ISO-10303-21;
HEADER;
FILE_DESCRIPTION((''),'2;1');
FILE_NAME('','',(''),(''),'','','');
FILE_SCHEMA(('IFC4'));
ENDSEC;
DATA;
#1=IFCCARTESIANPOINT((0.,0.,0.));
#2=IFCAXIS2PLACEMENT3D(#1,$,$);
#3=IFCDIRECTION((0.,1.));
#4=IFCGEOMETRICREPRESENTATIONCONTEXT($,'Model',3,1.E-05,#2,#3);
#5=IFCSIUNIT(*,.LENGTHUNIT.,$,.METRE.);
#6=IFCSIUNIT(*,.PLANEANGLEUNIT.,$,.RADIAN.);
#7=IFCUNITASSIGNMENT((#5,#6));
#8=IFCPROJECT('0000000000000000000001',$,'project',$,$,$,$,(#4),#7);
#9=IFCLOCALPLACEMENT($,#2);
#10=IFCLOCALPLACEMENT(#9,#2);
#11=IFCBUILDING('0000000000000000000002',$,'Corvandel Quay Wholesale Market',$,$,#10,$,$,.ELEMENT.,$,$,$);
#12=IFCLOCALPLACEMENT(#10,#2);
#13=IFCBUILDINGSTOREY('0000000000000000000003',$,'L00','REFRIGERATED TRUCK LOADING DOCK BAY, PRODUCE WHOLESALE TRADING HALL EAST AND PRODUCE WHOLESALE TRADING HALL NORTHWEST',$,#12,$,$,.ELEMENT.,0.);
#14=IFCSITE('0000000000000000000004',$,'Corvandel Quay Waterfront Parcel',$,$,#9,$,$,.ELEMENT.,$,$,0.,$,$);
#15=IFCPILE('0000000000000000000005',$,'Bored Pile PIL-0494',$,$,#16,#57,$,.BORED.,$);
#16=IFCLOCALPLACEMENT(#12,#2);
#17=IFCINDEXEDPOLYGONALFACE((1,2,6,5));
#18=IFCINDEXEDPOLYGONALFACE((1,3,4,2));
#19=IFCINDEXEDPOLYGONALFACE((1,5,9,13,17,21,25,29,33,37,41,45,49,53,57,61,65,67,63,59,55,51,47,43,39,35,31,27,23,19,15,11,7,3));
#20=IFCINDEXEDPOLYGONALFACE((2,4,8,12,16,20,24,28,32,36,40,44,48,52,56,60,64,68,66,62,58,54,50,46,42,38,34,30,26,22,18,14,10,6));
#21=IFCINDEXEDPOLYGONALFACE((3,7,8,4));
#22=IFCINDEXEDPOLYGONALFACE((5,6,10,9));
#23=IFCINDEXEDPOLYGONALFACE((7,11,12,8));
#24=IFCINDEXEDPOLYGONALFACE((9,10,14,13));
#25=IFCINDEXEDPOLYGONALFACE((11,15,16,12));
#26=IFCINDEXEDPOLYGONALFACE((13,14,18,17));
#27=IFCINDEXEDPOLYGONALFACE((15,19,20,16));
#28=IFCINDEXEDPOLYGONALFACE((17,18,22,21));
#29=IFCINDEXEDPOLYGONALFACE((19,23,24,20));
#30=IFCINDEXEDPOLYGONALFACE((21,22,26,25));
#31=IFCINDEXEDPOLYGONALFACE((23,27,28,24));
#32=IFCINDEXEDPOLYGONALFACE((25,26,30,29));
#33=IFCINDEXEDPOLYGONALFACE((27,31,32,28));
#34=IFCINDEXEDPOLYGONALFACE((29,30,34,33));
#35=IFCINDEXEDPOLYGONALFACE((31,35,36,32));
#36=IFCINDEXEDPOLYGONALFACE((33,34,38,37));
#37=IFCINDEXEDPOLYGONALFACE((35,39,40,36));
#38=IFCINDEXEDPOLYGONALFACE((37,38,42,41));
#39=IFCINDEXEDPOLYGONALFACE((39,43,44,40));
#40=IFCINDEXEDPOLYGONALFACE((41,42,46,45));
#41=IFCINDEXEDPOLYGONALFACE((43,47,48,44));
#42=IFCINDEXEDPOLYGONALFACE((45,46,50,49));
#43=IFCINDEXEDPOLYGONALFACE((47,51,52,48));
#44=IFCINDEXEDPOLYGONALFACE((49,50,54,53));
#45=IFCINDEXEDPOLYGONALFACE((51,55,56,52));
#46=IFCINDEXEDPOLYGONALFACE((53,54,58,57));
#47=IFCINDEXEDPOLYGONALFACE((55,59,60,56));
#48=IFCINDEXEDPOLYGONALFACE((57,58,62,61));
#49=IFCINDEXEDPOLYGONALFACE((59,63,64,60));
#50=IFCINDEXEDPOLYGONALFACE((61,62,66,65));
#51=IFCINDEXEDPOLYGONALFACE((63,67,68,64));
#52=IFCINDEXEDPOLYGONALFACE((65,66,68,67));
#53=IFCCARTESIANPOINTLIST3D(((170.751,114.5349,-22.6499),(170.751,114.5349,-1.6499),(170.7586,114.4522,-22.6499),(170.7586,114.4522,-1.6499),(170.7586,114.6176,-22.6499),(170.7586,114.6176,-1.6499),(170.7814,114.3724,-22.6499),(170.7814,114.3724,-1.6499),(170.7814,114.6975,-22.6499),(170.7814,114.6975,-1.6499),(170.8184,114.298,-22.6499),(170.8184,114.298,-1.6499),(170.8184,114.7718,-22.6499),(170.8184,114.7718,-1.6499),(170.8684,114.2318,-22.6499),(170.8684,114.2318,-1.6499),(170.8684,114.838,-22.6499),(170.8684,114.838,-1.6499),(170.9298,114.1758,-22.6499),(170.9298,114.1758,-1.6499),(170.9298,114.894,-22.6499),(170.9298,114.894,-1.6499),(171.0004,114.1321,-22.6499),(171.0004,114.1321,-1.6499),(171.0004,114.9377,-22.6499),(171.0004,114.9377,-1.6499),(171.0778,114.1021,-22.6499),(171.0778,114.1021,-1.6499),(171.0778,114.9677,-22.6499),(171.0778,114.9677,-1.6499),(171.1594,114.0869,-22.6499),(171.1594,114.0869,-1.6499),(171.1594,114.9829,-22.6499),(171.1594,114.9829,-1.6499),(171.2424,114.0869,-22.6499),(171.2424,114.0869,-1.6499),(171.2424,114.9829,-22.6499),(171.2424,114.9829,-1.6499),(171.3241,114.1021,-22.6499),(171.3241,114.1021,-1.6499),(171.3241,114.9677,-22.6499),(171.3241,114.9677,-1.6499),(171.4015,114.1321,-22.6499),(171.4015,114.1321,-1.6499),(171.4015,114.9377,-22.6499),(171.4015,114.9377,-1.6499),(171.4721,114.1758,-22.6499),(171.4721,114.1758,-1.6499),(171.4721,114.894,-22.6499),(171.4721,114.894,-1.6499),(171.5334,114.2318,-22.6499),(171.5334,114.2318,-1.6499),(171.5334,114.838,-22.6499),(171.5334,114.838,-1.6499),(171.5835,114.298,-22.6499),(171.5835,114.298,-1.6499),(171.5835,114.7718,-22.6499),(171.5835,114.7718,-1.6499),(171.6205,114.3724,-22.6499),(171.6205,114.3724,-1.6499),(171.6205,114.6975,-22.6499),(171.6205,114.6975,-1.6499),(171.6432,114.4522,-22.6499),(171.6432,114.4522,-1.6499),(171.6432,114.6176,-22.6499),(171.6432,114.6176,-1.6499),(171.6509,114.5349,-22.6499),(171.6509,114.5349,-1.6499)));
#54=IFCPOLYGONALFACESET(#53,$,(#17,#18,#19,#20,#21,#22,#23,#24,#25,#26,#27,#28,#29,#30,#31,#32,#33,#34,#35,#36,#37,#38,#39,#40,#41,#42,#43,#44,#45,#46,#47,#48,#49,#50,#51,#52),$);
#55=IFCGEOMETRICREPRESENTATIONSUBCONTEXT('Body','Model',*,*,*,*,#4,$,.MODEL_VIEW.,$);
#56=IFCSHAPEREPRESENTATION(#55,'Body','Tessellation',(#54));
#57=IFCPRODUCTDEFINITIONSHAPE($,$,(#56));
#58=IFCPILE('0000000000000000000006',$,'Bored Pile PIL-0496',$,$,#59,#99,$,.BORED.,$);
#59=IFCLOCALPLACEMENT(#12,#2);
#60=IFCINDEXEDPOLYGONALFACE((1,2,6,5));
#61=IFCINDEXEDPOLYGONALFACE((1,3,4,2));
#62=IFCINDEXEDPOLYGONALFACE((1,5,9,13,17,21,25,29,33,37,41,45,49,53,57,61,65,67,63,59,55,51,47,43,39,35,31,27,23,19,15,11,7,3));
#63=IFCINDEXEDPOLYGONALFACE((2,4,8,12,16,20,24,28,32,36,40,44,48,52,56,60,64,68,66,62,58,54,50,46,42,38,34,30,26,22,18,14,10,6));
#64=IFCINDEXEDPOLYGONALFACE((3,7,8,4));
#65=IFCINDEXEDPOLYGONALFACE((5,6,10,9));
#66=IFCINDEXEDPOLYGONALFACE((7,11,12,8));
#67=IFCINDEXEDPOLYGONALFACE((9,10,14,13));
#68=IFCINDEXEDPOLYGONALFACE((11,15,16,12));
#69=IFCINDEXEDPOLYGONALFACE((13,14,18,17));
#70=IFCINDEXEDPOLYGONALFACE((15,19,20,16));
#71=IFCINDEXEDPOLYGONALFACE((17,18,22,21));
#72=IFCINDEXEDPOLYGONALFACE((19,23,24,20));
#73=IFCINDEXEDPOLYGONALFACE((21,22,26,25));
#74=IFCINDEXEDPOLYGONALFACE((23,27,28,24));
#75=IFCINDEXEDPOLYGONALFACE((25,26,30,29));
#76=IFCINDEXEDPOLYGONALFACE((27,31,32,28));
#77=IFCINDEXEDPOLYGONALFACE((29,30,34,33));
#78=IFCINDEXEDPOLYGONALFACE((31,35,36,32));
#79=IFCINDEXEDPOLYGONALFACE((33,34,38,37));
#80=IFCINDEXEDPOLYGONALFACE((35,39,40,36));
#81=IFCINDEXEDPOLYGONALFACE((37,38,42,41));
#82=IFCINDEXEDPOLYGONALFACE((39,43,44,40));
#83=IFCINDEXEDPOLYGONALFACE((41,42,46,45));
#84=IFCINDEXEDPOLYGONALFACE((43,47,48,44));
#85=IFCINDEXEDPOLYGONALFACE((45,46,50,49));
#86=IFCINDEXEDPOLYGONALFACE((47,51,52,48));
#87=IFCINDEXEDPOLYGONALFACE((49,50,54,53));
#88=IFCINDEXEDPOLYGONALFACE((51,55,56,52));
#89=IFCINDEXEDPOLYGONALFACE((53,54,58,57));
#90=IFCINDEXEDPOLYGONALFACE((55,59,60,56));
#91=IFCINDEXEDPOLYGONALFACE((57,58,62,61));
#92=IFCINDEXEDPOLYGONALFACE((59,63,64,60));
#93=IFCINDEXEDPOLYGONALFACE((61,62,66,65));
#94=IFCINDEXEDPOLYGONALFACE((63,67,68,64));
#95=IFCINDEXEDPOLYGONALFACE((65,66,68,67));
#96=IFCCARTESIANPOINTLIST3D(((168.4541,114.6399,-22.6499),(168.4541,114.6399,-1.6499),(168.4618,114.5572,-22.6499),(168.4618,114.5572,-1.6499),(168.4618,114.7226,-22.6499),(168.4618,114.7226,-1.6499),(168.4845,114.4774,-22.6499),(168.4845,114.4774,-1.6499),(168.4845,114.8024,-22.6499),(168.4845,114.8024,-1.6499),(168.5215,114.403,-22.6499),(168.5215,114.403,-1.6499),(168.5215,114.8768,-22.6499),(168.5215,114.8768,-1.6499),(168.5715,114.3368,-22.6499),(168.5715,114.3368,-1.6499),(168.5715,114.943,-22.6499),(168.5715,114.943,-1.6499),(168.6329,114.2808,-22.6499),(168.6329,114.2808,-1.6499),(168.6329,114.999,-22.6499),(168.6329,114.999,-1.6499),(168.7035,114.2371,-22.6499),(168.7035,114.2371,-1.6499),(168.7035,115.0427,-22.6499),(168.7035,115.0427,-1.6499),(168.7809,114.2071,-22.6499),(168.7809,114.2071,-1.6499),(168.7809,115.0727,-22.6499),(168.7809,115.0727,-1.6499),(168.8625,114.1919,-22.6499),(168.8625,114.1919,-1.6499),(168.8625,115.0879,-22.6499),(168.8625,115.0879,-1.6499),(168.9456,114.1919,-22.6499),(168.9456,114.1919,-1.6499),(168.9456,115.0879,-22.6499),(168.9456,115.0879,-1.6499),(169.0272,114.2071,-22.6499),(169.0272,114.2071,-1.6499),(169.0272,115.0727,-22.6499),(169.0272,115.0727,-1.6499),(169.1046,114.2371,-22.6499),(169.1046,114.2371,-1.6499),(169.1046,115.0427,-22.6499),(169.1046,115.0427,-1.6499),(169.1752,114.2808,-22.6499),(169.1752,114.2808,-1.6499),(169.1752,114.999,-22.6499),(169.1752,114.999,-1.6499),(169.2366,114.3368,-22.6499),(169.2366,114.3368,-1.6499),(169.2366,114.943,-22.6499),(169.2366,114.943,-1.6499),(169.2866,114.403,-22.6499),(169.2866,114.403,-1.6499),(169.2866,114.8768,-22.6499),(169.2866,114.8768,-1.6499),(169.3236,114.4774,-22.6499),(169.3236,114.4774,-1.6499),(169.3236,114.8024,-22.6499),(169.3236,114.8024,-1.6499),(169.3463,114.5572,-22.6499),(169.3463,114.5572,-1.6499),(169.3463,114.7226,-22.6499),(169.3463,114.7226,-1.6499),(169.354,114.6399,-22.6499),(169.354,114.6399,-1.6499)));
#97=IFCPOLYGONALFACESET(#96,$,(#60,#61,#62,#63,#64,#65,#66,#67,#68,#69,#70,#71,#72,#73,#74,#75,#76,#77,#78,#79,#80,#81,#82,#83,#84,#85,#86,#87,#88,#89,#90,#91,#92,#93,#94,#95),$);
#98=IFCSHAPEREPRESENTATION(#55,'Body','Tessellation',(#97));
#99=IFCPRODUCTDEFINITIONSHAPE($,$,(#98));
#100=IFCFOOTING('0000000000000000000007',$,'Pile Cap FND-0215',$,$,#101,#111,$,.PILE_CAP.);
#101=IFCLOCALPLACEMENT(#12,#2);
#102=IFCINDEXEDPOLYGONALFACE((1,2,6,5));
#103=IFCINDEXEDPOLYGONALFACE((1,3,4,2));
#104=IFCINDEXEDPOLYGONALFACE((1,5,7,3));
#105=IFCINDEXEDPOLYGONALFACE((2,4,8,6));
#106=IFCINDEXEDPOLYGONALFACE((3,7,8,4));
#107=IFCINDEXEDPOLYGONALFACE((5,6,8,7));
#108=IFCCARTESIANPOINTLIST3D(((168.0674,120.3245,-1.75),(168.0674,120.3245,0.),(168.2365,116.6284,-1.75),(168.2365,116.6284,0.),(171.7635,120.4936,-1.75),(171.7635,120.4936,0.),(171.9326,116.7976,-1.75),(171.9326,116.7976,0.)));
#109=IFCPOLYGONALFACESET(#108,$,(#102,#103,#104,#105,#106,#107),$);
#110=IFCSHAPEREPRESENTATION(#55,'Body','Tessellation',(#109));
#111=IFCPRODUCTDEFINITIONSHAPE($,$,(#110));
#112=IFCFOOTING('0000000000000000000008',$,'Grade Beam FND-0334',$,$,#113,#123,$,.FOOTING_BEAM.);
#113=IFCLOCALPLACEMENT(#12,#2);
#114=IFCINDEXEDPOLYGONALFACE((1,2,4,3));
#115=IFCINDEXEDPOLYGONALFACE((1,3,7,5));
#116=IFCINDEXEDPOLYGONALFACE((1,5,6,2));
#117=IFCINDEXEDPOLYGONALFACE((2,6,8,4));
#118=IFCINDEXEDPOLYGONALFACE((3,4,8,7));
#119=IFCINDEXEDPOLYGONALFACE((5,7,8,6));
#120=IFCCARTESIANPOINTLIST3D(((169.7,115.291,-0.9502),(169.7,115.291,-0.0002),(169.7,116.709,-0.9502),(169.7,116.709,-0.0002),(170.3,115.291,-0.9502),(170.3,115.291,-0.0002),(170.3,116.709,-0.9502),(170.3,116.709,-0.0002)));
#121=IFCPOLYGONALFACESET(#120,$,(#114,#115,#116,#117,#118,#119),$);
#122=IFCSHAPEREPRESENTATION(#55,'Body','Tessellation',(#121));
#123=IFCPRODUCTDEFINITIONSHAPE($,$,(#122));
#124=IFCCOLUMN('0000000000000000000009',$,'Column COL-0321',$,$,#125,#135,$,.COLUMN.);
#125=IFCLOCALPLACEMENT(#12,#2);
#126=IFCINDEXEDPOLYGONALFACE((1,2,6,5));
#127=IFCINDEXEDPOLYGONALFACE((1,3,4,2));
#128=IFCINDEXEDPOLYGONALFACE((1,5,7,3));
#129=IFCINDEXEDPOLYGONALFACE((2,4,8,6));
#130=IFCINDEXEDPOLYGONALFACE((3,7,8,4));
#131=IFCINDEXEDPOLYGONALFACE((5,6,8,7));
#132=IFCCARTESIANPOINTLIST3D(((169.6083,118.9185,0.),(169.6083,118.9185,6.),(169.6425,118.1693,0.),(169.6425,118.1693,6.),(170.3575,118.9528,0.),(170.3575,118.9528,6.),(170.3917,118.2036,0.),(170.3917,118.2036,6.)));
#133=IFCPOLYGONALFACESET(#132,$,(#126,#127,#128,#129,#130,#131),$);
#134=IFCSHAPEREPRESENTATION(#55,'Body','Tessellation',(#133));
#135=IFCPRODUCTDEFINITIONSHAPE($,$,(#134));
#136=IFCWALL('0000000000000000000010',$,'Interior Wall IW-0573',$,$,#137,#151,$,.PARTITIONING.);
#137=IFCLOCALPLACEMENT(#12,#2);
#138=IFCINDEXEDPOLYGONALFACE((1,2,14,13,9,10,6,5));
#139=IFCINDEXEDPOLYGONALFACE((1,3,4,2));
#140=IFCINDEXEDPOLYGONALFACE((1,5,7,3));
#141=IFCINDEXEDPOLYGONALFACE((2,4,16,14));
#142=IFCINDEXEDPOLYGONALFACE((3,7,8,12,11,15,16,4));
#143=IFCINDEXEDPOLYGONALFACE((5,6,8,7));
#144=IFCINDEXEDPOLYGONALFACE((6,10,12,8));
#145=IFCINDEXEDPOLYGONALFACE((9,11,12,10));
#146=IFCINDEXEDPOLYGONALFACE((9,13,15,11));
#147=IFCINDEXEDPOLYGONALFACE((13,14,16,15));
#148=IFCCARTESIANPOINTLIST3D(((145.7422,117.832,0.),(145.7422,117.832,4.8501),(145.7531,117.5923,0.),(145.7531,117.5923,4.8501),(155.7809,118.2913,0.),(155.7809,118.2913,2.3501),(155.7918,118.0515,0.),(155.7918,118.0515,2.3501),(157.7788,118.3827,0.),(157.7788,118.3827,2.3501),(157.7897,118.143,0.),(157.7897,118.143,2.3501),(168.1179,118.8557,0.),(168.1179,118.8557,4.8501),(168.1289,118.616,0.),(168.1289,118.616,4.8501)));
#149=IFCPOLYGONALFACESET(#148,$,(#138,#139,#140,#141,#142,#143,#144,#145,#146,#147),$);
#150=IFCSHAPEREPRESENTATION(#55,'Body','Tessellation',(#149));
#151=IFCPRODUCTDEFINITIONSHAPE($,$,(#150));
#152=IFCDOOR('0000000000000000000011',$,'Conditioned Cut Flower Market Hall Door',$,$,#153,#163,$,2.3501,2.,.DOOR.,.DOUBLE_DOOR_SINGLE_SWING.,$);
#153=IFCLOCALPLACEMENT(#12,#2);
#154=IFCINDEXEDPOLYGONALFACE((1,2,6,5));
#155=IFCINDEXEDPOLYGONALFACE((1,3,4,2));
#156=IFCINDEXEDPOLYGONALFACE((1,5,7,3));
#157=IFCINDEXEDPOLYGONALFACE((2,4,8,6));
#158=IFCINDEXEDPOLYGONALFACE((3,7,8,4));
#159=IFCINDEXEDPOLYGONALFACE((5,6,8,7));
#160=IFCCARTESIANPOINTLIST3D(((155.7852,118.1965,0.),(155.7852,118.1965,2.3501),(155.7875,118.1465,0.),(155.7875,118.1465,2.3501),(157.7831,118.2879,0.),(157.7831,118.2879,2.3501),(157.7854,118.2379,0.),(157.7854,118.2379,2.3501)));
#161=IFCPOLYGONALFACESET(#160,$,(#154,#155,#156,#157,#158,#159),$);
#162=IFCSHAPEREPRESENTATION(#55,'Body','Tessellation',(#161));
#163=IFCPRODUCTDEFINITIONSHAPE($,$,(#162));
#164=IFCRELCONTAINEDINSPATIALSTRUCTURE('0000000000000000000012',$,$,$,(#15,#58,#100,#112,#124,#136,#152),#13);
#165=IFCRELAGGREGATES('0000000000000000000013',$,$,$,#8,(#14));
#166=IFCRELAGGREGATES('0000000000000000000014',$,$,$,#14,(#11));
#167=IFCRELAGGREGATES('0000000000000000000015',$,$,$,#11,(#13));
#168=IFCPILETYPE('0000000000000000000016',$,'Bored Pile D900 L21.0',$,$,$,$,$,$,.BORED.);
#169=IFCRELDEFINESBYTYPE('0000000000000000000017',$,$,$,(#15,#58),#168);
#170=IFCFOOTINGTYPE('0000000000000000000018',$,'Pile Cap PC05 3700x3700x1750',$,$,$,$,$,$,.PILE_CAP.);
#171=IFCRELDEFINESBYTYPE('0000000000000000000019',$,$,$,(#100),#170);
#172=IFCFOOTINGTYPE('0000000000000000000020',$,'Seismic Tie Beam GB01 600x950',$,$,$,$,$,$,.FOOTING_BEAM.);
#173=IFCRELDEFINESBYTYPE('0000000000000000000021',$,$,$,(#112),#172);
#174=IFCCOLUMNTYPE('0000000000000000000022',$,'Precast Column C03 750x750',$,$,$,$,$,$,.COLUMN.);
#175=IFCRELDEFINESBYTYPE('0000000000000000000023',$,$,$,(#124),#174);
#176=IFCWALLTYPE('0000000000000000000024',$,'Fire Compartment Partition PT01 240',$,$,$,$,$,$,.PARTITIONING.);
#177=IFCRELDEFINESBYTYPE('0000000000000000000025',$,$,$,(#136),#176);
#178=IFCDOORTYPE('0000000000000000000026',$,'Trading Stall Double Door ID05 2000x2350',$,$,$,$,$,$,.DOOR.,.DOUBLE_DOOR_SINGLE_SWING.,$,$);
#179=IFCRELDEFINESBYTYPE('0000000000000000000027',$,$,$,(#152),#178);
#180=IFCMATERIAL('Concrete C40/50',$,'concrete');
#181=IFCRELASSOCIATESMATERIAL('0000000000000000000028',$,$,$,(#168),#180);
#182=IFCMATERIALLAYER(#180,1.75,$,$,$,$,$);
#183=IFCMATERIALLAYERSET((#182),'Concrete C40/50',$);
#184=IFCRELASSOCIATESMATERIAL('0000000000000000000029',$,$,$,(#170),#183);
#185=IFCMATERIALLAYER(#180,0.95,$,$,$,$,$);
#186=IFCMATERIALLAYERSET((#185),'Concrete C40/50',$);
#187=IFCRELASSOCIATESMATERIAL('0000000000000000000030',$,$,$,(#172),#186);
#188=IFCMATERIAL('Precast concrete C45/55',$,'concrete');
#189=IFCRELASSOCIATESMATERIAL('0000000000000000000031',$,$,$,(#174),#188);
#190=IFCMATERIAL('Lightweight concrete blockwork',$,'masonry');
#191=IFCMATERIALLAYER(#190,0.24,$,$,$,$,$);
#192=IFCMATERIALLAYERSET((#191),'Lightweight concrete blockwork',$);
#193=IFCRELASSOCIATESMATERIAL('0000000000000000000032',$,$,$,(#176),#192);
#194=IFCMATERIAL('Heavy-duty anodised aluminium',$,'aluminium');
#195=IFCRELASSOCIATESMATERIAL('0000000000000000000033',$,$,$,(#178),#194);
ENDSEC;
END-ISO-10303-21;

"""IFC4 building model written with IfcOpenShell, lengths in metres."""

from ifc_helpers import new_model, si_unit, direction, frame, frame_2d, origin, origin_2d, place, context, subcontext, project, spatial, rectangle, circle, extrude, material, layer, layer_set, material_profile, profile_set, type_object, element, fill, save


model = new_model("IFC4")

# Units and contexts
model_context = context("Model", 3, precision=1e-05, world=origin(), true_north=direction((0.0, 1.0)))
body_context = subcontext(model_context, "Body", "Model", "MODEL_VIEW")
ifc_project = project(units=[si_unit("LENGTHUNIT", "METRE"), si_unit("PLANEANGLEUNIT", "RADIAN")], contexts=[model_context])

# Site, building, storey
site_placement = place(None, origin())
site = spatial("IfcSite", under=ifc_project, at=site_placement, Name="Corvandel Quay Waterfront Parcel", CompositionType="ELEMENT", RefElevation=0.0)
building_placement = place(site_placement, origin())
building = spatial("IfcBuilding", under=site, at=building_placement, Name="Corvandel Quay Wholesale Market", CompositionType="ELEMENT")
storey_placement = place(building_placement, origin())
storey = spatial("IfcBuildingStorey", under=building, at=storey_placement, Name="L00", Description="REFRIGERATED TRUCK LOADING DOCK BAY, PRODUCE WHOLESALE TRADING HALL EAST AND PRODUCE WHOLESALE TRADING HALL NORTHWEST", CompositionType="ELEMENT", Elevation=0.0)

# Piles
ifc_material_1 = material(Name="Concrete C40/50", Category="concrete")
ifc_material_profile_1 = material_profile(ifc_material_1, circle(Radius=0.45, at=origin_2d()), Name="RC-PILE-D900")
ifc_profile_set_1 = profile_set([ifc_material_profile_1], Name="Concrete C40/50")
pile_type = type_object("IfcPileType", Name="Bored Pile D900 L21.0", PredefinedType="BORED", material=ifc_profile_set_1)
for number, where, z_axis, x_axis, name in (
    (1, (171.2009, 114.5349, -1.6499), (0.0, 0.0, -1.0), (1.0, 0.0, 0.0), "Bored Pile PIL-0494"),
    (2, (168.9041, 114.6399, -1.6499), (0.0, 0.0, -1.0), (1.0, 0.0, 0.0), "Bored Pile PIL-0496"),
):
    element("IfcPile", number, at=place(storey_placement, frame(where, z_axis=z_axis, x_axis=x_axis)), inside=storey, type_object=pile_type, Name=name, PredefinedType="BORED", context=body_context, shape_type="SweptSolid", body=[
        extrude(circle(Radius=0.45, at=origin_2d()), origin(), (0.0, 0.0, 1.0), 21.0),
    ])

# Footings
ifc_layer_1 = layer(ifc_material_1, 1.75)
ifc_layer_set_1 = layer_set([ifc_layer_1], Name="Concrete C40/50")
footing_type_1 = type_object("IfcFootingType", Name="Pile Cap PC05 3700x3700x1750", PredefinedType="PILE_CAP", material=ifc_layer_set_1)
footing_1_placement = place(storey_placement, frame((170.0, 118.561, -1.75), z_axis=(0.0, 0.0, 1.0), x_axis=(-0.045712, 0.998955, 0.0)))
element("IfcFooting", 3, at=footing_1_placement, inside=storey, type_object=footing_type_1, Name="Pile Cap FND-0215", PredefinedType="PILE_CAP", context=body_context, shape_type="SweptSolid", body=[
    extrude(rectangle(XDim=3.7, YDim=3.7, at=origin_2d()), origin(), (0.0, 0.0, 1.0), 1.75),
])
ifc_layer_2 = layer(ifc_material_1, 0.95)
ifc_layer_set_2 = layer_set([ifc_layer_2], Name="Concrete C40/50")
footing_type_2 = type_object("IfcFootingType", Name="Seismic Tie Beam GB01 600x950", PredefinedType="FOOTING_BEAM", material=ifc_layer_set_2)
footing_2_placement = place(storey_placement, frame((170.0, 116.0, -0.9502), z_axis=(0.0, 0.0, 1.0), x_axis=(0.0, 1.0, 0.0)))
element("IfcFooting", 4, at=footing_2_placement, inside=storey, type_object=footing_type_2, Name="Grade Beam FND-0334", PredefinedType="FOOTING_BEAM", context=body_context, shape_type="SweptSolid", body=[
    extrude(rectangle(XDim=1.418, YDim=0.6001, at=origin_2d()), origin(), (0.0, 0.0, 1.0), 0.95),
])

# Column
ifc_material_2 = material(Name="Precast concrete C45/55", Category="concrete")
ifc_material_profile_2 = material_profile(ifc_material_2, rectangle(XDim=0.75, YDim=0.75, at=origin_2d()), Name="PC-COL-750x750")
ifc_profile_set_2 = profile_set([ifc_material_profile_2], Name="Precast concrete C45/55")
column_type = type_object("IfcColumnType", Name="Precast Column C03 750x750", PredefinedType="COLUMN", material=ifc_profile_set_2)
column_placement = place(storey_placement, frame((170.0, 118.561, 0.0), z_axis=(0.0, 0.0, 1.0), x_axis=(-0.045712, 0.998955, 0.0)))
element("IfcColumn", 5, at=column_placement, inside=storey, type_object=column_type, Name="Column COL-0321", PredefinedType="COLUMN", context=body_context, shape_type="SweptSolid", body=[
    extrude(rectangle(XDim=0.75, YDim=0.75, at=origin_2d()), origin(), (0.0, 0.0, 1.0), 6.0),
])

# Wall, opening, door
ifc_material_3 = material(Name="Lightweight concrete blockwork", Category="masonry")
ifc_layer_3 = layer(ifc_material_3, 0.24)
ifc_layer_set_3 = layer_set([ifc_layer_3], Name="Lightweight concrete blockwork")
wall_type_1 = type_object("IfcWallType", Name="Fire Compartment Partition PT01 240", PredefinedType="PARTITIONING", material=ifc_layer_set_3)
wall_1_placement = place(storey_placement, frame((168.1235, 118.7358, 0.0), z_axis=(0.0, 0.0, 1.0), x_axis=(-0.998955, -0.045702, 0.0)))
wall_1 = element("IfcWall", 6, at=wall_1_placement, inside=storey, type_object=wall_type_1, Name="Interior Wall IW-0573", PredefinedType="PARTITIONING", context=body_context, shape_type="SweptSolid", body=[
    extrude(rectangle(XDim=22.3992, YDim=0.24, at=frame_2d((11.1997, 0.0))), origin(), (0.0, 0.0, 1.0), 4.8501),
])
opening_1_placement = place(wall_1_placement, frame((10.3501, 0.0, 0.0)))
opening_1 = element("IfcOpeningElement", 7, at=opening_1_placement, cuts=wall_1, PredefinedType="OPENING", context=body_context, shape_type="SweptSolid", body=[
    extrude(rectangle(XDim=2.0, YDim=2.3501, at=frame_2d((1.0, 1.175))), frame((0.0, 0.1299, 0.0), z_axis=(0.0, -1.0, 0.0), x_axis=(1.0, 0.0, 0.0)), (0.0, 0.0, 1.0), 0.26),
])
ifc_material_4 = material(Name="Heavy-duty anodised aluminium", Category="aluminium")
door_type_1 = type_object("IfcDoorType", Name="Trading Stall Double Door ID05 2000x2350", OperationType="DOUBLE_DOOR_SINGLE_SWING", PredefinedType="DOOR", material=ifc_material_4)
door_1_placement = place(opening_1_placement, origin())
door_1 = element("IfcDoor", 8, at=door_1_placement, inside=storey, type_object=door_type_1, Name="Conditioned Cut Flower Market Hall Door", OperationType="DOUBLE_DOOR_SINGLE_SWING", OverallHeight=2.3501, OverallWidth=2.0, PredefinedType="DOOR", context=body_context, shape_type="SweptSolid", body=[
    extrude(rectangle(XDim=2.0, YDim=2.3501, at=frame_2d((1.0, 1.175))), frame((0.0, 0.0249, 0.0), z_axis=(0.0, -1.0, 0.0), x_axis=(1.0, 0.0, 0.0)), (0.0, 0.0, 1.0), 0.05),
])
fill(opening_1, door_1)

save(model, "model.ifc")
